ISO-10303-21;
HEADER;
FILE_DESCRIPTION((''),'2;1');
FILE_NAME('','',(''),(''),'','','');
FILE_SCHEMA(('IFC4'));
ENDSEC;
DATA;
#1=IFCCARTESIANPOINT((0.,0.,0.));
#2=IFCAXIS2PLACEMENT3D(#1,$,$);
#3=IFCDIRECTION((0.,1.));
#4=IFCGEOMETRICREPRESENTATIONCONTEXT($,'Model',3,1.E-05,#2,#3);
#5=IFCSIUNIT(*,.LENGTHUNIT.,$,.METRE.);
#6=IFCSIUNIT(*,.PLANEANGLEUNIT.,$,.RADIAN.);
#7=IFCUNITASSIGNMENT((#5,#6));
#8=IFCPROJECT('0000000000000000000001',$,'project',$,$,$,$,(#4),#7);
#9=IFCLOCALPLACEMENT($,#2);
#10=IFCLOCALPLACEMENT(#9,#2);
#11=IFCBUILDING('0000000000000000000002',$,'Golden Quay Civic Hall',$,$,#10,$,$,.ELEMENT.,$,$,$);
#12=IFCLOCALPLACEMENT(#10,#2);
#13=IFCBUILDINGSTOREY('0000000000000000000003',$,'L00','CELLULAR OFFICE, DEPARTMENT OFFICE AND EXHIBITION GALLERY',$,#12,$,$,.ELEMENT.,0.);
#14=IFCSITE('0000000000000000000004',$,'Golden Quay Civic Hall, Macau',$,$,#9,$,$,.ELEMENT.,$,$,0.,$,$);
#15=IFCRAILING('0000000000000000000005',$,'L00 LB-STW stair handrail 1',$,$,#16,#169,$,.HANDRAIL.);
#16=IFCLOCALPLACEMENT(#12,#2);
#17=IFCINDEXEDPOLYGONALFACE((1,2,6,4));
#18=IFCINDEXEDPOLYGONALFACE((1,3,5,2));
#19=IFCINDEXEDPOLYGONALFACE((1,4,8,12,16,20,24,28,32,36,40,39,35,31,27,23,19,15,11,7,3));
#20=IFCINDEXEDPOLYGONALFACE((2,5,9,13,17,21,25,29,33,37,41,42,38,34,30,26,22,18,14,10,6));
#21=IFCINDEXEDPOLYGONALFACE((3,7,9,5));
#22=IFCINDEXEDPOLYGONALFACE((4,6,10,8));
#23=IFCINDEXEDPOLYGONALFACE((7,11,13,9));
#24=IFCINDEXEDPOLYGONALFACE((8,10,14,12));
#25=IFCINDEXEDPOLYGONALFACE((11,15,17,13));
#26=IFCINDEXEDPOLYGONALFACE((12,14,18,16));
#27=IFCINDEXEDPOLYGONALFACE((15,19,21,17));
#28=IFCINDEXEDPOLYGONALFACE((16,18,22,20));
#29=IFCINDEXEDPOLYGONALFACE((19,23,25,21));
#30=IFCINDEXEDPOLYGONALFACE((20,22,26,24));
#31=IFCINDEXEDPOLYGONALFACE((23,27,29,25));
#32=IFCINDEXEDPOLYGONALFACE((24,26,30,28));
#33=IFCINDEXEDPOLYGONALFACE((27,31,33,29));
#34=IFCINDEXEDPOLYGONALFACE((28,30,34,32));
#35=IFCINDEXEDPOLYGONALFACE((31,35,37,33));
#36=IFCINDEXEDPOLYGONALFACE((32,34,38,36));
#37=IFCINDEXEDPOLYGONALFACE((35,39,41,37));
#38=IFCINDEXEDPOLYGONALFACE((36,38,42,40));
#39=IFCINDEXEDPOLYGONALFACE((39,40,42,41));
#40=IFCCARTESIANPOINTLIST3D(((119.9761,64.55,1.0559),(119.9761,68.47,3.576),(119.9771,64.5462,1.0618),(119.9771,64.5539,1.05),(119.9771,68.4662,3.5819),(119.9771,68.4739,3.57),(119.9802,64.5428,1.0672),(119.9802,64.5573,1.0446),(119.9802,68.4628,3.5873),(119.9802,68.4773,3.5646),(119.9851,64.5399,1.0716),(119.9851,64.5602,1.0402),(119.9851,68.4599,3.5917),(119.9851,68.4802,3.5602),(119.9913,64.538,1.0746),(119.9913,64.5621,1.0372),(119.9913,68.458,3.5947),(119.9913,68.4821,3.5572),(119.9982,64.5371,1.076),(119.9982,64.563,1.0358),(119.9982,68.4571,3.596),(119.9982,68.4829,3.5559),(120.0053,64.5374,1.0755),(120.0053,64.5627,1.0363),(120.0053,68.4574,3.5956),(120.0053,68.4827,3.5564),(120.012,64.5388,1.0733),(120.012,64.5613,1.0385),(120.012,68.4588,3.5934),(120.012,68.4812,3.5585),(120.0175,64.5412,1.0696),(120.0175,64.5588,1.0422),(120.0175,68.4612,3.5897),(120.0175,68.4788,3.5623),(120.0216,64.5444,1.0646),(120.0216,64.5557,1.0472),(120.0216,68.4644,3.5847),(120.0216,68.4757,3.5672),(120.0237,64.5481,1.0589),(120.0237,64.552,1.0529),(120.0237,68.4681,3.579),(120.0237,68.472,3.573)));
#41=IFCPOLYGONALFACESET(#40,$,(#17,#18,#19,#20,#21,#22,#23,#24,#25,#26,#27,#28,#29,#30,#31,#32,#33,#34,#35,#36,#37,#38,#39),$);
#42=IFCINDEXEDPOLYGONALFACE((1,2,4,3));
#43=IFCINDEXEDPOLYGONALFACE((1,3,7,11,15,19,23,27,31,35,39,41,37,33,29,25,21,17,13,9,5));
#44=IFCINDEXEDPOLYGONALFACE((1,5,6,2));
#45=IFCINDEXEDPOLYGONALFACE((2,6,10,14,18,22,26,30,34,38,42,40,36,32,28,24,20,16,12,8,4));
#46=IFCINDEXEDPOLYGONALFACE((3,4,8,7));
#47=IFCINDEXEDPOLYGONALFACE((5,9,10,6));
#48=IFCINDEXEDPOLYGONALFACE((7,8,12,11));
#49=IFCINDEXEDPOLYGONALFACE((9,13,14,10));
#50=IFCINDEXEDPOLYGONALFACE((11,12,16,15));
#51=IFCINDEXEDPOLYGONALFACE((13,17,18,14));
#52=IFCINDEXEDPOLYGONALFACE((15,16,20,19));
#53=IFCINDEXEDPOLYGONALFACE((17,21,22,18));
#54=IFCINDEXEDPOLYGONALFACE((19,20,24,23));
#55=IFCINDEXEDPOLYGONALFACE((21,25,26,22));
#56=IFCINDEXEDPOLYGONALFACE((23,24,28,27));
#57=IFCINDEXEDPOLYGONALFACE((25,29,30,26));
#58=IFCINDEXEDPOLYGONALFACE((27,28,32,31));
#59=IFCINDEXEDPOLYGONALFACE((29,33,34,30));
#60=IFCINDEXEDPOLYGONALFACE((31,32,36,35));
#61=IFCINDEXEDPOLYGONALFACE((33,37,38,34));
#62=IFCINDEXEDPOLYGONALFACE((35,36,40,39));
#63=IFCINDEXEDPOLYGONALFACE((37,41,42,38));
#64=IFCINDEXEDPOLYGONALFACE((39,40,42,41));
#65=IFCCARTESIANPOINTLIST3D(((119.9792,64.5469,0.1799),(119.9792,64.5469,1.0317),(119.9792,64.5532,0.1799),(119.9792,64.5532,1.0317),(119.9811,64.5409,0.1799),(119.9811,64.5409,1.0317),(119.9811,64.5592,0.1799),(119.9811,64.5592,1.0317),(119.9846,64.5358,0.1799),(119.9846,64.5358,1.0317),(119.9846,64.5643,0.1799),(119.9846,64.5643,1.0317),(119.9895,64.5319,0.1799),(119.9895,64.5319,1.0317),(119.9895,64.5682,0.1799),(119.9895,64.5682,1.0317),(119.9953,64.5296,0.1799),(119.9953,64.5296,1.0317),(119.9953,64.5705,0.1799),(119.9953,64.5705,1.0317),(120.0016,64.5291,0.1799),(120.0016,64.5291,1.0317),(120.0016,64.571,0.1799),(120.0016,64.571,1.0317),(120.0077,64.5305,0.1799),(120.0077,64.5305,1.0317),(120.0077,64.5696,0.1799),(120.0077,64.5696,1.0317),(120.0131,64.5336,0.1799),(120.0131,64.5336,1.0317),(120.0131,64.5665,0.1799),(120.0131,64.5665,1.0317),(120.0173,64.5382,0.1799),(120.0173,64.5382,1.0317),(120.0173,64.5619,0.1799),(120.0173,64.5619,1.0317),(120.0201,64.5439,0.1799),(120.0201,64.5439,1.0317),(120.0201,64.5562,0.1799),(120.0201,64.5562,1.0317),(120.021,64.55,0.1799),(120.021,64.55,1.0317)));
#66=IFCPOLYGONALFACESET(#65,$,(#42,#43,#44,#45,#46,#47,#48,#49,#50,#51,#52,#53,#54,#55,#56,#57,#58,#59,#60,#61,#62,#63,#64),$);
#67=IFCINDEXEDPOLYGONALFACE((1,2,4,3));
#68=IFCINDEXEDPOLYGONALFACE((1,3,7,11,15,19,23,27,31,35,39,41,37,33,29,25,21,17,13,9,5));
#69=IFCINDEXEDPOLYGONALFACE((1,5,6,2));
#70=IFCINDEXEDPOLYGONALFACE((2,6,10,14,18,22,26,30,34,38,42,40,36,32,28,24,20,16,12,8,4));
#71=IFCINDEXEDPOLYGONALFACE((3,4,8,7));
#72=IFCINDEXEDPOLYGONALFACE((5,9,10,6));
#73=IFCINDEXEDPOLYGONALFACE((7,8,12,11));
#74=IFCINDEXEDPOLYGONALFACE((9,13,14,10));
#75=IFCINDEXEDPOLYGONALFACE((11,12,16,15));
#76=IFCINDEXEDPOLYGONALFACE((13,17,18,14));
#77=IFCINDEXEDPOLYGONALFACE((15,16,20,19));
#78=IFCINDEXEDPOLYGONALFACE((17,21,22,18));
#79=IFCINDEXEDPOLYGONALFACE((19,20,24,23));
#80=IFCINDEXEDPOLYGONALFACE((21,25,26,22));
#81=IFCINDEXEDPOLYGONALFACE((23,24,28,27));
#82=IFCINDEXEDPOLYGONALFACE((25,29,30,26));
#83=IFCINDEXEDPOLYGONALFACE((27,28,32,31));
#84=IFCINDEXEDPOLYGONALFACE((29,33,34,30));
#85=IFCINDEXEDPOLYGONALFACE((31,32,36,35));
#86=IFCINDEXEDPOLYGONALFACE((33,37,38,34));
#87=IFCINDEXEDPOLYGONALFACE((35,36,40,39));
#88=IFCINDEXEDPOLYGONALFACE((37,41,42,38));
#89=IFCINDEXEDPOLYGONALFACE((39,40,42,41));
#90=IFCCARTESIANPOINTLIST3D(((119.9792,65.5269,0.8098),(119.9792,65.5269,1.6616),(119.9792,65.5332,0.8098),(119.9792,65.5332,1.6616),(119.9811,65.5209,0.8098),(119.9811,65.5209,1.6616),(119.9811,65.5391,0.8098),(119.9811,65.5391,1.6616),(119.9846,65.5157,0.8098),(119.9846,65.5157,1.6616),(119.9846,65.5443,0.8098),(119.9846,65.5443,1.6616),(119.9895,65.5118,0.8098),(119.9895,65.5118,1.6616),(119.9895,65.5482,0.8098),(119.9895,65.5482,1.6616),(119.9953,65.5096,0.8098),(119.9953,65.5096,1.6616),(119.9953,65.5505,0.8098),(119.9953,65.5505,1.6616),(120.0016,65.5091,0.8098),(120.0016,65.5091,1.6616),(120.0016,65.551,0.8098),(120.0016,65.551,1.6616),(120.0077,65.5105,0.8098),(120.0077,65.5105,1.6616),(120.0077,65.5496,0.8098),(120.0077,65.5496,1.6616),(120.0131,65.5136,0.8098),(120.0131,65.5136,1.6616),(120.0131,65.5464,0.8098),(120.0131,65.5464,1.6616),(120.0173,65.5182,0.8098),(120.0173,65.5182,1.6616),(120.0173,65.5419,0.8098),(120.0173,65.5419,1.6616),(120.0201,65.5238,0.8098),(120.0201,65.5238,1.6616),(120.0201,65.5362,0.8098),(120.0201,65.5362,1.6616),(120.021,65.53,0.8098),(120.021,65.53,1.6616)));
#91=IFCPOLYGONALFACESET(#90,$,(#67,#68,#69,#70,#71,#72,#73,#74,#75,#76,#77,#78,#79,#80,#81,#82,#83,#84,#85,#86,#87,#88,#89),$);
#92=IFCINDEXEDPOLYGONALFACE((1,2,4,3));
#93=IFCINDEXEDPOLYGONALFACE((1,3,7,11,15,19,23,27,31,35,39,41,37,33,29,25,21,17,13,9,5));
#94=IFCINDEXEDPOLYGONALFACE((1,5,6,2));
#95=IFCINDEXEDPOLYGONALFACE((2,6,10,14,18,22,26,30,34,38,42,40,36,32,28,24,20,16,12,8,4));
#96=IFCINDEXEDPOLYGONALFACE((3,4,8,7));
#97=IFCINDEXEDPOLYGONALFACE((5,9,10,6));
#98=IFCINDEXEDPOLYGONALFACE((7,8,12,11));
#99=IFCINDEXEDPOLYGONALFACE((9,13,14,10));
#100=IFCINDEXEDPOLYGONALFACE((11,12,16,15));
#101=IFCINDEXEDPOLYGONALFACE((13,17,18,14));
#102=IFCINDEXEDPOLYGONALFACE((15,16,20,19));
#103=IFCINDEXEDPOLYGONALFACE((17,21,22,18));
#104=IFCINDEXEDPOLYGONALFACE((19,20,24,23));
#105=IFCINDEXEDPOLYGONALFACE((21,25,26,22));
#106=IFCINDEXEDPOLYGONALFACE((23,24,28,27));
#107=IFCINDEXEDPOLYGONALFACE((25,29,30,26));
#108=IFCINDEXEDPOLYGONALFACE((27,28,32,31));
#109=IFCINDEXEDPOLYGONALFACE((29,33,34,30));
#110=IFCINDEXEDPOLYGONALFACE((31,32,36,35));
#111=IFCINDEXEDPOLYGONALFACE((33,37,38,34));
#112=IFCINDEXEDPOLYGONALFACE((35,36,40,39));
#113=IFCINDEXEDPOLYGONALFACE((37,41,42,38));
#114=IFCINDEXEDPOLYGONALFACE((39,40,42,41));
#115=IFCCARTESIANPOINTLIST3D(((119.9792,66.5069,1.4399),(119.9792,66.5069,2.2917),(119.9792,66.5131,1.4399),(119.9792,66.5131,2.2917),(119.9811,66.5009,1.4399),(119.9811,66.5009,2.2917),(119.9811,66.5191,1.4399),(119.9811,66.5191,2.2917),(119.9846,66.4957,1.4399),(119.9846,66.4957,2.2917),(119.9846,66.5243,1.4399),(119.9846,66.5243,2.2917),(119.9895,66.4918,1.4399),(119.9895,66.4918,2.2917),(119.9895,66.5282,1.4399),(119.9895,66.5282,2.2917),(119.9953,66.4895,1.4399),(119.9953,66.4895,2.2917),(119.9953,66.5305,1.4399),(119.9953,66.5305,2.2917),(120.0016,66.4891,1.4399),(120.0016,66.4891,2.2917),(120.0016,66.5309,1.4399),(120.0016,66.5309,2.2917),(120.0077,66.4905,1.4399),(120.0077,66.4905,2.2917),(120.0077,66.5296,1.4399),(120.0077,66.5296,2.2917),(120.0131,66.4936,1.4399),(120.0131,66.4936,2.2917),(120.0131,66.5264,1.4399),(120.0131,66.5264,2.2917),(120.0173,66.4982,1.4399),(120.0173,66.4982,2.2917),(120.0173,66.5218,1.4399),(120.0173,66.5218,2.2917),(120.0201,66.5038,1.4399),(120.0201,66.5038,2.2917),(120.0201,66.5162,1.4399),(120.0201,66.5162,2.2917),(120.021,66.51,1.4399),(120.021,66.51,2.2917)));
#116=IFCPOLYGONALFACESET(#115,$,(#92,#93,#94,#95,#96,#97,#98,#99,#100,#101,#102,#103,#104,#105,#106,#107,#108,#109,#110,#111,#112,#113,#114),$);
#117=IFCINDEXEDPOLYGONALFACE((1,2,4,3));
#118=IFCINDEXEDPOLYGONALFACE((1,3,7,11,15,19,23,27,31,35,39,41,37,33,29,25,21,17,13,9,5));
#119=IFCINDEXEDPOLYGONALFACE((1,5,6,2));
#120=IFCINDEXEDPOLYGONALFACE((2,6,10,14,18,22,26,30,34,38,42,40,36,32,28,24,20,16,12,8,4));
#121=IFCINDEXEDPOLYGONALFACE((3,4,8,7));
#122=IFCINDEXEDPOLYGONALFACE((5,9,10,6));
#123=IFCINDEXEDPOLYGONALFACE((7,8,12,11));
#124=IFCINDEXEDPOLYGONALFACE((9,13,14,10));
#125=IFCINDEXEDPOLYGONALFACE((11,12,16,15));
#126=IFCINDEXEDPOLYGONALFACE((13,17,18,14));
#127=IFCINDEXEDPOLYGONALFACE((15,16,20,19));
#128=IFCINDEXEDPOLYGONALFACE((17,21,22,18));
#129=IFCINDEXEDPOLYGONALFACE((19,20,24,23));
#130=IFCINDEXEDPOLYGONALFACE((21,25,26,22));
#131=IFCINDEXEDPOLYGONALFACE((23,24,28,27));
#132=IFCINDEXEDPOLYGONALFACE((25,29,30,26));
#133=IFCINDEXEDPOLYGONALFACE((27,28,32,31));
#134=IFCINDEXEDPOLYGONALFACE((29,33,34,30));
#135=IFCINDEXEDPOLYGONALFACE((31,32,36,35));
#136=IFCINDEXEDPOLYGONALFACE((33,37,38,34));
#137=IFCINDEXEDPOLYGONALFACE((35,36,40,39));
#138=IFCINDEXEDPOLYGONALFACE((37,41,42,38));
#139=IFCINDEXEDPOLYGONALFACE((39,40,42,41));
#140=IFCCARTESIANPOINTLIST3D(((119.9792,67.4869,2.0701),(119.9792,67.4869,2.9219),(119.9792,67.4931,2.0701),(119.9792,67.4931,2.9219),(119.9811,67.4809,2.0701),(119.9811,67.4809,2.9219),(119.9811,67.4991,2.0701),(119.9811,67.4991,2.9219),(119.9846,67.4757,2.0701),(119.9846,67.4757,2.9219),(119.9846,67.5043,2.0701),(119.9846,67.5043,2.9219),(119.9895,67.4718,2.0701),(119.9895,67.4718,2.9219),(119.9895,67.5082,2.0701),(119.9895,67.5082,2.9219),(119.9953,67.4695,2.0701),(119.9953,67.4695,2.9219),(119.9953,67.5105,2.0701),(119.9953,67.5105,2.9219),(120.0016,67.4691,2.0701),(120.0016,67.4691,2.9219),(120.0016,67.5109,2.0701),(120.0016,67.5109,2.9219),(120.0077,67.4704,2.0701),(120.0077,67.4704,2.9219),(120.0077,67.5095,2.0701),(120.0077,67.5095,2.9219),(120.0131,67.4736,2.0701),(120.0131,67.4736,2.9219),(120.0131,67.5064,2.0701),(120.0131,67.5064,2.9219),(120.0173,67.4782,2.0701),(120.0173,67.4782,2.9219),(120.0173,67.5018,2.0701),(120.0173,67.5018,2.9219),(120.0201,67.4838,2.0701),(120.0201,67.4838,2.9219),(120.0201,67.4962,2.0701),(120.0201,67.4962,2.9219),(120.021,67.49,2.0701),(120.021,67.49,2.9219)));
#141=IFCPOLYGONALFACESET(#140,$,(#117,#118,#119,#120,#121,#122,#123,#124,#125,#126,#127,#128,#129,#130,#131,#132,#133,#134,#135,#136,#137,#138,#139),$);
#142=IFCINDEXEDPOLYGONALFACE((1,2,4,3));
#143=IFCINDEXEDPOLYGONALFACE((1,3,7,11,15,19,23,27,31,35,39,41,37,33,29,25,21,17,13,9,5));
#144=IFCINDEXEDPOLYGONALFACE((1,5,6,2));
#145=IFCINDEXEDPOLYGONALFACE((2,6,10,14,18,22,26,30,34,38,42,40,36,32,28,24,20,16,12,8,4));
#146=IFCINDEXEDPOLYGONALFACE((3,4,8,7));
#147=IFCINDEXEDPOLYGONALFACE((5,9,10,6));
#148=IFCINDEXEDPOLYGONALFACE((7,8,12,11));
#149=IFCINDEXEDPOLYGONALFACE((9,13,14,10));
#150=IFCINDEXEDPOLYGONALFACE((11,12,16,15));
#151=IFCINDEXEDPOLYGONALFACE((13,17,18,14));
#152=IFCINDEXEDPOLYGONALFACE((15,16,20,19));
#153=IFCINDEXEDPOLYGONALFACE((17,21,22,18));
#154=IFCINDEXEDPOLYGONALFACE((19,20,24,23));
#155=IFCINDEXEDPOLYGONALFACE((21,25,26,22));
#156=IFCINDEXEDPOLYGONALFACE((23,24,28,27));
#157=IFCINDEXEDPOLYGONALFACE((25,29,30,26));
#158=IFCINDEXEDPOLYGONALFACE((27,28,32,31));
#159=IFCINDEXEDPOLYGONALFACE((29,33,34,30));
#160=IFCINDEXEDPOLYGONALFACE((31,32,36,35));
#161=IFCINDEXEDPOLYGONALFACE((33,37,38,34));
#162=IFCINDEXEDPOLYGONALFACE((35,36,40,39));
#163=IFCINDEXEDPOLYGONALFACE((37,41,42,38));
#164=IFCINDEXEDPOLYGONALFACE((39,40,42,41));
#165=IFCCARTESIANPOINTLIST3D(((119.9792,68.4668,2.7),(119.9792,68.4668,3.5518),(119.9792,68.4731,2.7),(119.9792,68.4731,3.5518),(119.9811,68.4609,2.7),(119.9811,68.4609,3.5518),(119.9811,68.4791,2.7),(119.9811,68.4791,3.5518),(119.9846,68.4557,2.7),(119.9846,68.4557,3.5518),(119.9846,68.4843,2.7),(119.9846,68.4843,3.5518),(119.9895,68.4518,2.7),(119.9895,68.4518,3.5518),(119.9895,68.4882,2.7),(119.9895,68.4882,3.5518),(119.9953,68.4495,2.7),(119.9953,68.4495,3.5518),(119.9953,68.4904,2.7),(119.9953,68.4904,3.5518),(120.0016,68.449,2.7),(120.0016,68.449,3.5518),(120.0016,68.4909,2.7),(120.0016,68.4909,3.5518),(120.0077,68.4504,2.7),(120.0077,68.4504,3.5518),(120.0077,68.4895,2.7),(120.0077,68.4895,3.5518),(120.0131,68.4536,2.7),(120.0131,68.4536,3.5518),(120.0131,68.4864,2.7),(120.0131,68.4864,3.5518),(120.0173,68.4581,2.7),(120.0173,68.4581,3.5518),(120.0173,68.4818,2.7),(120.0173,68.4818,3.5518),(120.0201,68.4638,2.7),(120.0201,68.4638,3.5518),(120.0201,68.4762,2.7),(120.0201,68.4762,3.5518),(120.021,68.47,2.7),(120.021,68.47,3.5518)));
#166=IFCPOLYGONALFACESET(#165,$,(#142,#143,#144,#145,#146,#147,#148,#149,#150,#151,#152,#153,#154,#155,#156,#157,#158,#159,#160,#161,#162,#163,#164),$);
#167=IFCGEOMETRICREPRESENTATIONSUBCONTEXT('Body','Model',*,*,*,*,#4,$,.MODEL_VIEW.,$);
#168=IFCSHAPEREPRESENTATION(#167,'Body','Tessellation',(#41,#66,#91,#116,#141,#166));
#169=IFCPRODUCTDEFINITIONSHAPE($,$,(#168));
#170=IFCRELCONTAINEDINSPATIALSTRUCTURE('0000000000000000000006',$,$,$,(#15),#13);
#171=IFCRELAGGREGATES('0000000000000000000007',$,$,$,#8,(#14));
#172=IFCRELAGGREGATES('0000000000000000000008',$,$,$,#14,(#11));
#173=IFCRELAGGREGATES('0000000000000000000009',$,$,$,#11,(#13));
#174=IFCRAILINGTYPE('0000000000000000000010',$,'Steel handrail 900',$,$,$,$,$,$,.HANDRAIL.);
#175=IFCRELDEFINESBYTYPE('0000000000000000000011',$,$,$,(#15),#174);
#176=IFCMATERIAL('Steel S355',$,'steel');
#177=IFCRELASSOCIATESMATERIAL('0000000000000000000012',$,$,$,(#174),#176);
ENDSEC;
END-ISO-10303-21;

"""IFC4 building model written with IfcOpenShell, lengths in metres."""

from ifc_helpers import new_model, si_unit, direction, frame, origin, origin_2d, place, context, subcontext, project, spatial, circle, extrude, material, type_object, element, save


model = new_model("IFC4")

# Units and contexts
model_context = context("Model", 3, precision=1e-05, world=origin(), true_north=direction((0.0, 1.0)))
body_context = subcontext(model_context, "Body", "Model", "MODEL_VIEW")
ifc_project = project(units=[si_unit("LENGTHUNIT", "METRE"), si_unit("PLANEANGLEUNIT", "RADIAN")], contexts=[model_context])

# Site, building, storey
site_placement = place(None, origin())
site = spatial("IfcSite", under=ifc_project, at=site_placement, Name="Golden Quay Civic Hall, Macau", CompositionType="ELEMENT", RefElevation=0.0)
building_placement = place(site_placement, origin())
building = spatial("IfcBuilding", under=site, at=building_placement, Name="Golden Quay Civic Hall", CompositionType="ELEMENT")
storey_placement = place(building_placement, origin())
storey = spatial("IfcBuildingStorey", under=building, at=storey_placement, Name="L00", Description="CELLULAR OFFICE, DEPARTMENT OFFICE AND EXHIBITION GALLERY", CompositionType="ELEMENT", Elevation=0.0)

# Railing
ifc_material_1 = material(Name="Steel S355", Category="steel")
railing_type_1 = type_object("IfcRailingType", Name="Steel handrail 900", PredefinedType="HANDRAIL", material=ifc_material_1)
railing_1_placement = place(storey_placement, frame((120.0, 64.55, 0.1799)))
element("IfcRailing", 1, at=railing_1_placement, inside=storey, type_object=railing_type_1, Name="L00 LB-STW stair handrail 1", PredefinedType="HANDRAIL", context=body_context, shape_type="SweptSolid", body=[
    extrude(circle(Radius=0.0239, at=origin_2d()), frame((0.0, 0.0, 0.876), z_axis=(0.0, 0.841172, 0.540768), x_axis=(-1.0, 0.0, 0.0)), (0.0, 0.0, 1.0), 4.6602),
    extrude(circle(Radius=0.021, at=origin_2d()), origin(), (0.0, 0.0, 1.0), 0.8518),
    extrude(circle(Radius=0.021, at=origin_2d()), frame((0.0, 0.98, 0.6299)), (0.0, 0.0, 1.0), 0.8518),
    extrude(circle(Radius=0.021, at=origin_2d()), frame((0.0, 1.96, 1.26)), (0.0, 0.0, 1.0), 0.8518),
    extrude(circle(Radius=0.021, at=origin_2d()), frame((0.0, 2.9399, 1.8901)), (0.0, 0.0, 1.0), 0.8518),
    extrude(circle(Radius=0.021, at=origin_2d()), frame((0.0, 3.9199, 2.52)), (0.0, 0.0, 1.0), 0.8518),
])

save(model, "model.ifc")
